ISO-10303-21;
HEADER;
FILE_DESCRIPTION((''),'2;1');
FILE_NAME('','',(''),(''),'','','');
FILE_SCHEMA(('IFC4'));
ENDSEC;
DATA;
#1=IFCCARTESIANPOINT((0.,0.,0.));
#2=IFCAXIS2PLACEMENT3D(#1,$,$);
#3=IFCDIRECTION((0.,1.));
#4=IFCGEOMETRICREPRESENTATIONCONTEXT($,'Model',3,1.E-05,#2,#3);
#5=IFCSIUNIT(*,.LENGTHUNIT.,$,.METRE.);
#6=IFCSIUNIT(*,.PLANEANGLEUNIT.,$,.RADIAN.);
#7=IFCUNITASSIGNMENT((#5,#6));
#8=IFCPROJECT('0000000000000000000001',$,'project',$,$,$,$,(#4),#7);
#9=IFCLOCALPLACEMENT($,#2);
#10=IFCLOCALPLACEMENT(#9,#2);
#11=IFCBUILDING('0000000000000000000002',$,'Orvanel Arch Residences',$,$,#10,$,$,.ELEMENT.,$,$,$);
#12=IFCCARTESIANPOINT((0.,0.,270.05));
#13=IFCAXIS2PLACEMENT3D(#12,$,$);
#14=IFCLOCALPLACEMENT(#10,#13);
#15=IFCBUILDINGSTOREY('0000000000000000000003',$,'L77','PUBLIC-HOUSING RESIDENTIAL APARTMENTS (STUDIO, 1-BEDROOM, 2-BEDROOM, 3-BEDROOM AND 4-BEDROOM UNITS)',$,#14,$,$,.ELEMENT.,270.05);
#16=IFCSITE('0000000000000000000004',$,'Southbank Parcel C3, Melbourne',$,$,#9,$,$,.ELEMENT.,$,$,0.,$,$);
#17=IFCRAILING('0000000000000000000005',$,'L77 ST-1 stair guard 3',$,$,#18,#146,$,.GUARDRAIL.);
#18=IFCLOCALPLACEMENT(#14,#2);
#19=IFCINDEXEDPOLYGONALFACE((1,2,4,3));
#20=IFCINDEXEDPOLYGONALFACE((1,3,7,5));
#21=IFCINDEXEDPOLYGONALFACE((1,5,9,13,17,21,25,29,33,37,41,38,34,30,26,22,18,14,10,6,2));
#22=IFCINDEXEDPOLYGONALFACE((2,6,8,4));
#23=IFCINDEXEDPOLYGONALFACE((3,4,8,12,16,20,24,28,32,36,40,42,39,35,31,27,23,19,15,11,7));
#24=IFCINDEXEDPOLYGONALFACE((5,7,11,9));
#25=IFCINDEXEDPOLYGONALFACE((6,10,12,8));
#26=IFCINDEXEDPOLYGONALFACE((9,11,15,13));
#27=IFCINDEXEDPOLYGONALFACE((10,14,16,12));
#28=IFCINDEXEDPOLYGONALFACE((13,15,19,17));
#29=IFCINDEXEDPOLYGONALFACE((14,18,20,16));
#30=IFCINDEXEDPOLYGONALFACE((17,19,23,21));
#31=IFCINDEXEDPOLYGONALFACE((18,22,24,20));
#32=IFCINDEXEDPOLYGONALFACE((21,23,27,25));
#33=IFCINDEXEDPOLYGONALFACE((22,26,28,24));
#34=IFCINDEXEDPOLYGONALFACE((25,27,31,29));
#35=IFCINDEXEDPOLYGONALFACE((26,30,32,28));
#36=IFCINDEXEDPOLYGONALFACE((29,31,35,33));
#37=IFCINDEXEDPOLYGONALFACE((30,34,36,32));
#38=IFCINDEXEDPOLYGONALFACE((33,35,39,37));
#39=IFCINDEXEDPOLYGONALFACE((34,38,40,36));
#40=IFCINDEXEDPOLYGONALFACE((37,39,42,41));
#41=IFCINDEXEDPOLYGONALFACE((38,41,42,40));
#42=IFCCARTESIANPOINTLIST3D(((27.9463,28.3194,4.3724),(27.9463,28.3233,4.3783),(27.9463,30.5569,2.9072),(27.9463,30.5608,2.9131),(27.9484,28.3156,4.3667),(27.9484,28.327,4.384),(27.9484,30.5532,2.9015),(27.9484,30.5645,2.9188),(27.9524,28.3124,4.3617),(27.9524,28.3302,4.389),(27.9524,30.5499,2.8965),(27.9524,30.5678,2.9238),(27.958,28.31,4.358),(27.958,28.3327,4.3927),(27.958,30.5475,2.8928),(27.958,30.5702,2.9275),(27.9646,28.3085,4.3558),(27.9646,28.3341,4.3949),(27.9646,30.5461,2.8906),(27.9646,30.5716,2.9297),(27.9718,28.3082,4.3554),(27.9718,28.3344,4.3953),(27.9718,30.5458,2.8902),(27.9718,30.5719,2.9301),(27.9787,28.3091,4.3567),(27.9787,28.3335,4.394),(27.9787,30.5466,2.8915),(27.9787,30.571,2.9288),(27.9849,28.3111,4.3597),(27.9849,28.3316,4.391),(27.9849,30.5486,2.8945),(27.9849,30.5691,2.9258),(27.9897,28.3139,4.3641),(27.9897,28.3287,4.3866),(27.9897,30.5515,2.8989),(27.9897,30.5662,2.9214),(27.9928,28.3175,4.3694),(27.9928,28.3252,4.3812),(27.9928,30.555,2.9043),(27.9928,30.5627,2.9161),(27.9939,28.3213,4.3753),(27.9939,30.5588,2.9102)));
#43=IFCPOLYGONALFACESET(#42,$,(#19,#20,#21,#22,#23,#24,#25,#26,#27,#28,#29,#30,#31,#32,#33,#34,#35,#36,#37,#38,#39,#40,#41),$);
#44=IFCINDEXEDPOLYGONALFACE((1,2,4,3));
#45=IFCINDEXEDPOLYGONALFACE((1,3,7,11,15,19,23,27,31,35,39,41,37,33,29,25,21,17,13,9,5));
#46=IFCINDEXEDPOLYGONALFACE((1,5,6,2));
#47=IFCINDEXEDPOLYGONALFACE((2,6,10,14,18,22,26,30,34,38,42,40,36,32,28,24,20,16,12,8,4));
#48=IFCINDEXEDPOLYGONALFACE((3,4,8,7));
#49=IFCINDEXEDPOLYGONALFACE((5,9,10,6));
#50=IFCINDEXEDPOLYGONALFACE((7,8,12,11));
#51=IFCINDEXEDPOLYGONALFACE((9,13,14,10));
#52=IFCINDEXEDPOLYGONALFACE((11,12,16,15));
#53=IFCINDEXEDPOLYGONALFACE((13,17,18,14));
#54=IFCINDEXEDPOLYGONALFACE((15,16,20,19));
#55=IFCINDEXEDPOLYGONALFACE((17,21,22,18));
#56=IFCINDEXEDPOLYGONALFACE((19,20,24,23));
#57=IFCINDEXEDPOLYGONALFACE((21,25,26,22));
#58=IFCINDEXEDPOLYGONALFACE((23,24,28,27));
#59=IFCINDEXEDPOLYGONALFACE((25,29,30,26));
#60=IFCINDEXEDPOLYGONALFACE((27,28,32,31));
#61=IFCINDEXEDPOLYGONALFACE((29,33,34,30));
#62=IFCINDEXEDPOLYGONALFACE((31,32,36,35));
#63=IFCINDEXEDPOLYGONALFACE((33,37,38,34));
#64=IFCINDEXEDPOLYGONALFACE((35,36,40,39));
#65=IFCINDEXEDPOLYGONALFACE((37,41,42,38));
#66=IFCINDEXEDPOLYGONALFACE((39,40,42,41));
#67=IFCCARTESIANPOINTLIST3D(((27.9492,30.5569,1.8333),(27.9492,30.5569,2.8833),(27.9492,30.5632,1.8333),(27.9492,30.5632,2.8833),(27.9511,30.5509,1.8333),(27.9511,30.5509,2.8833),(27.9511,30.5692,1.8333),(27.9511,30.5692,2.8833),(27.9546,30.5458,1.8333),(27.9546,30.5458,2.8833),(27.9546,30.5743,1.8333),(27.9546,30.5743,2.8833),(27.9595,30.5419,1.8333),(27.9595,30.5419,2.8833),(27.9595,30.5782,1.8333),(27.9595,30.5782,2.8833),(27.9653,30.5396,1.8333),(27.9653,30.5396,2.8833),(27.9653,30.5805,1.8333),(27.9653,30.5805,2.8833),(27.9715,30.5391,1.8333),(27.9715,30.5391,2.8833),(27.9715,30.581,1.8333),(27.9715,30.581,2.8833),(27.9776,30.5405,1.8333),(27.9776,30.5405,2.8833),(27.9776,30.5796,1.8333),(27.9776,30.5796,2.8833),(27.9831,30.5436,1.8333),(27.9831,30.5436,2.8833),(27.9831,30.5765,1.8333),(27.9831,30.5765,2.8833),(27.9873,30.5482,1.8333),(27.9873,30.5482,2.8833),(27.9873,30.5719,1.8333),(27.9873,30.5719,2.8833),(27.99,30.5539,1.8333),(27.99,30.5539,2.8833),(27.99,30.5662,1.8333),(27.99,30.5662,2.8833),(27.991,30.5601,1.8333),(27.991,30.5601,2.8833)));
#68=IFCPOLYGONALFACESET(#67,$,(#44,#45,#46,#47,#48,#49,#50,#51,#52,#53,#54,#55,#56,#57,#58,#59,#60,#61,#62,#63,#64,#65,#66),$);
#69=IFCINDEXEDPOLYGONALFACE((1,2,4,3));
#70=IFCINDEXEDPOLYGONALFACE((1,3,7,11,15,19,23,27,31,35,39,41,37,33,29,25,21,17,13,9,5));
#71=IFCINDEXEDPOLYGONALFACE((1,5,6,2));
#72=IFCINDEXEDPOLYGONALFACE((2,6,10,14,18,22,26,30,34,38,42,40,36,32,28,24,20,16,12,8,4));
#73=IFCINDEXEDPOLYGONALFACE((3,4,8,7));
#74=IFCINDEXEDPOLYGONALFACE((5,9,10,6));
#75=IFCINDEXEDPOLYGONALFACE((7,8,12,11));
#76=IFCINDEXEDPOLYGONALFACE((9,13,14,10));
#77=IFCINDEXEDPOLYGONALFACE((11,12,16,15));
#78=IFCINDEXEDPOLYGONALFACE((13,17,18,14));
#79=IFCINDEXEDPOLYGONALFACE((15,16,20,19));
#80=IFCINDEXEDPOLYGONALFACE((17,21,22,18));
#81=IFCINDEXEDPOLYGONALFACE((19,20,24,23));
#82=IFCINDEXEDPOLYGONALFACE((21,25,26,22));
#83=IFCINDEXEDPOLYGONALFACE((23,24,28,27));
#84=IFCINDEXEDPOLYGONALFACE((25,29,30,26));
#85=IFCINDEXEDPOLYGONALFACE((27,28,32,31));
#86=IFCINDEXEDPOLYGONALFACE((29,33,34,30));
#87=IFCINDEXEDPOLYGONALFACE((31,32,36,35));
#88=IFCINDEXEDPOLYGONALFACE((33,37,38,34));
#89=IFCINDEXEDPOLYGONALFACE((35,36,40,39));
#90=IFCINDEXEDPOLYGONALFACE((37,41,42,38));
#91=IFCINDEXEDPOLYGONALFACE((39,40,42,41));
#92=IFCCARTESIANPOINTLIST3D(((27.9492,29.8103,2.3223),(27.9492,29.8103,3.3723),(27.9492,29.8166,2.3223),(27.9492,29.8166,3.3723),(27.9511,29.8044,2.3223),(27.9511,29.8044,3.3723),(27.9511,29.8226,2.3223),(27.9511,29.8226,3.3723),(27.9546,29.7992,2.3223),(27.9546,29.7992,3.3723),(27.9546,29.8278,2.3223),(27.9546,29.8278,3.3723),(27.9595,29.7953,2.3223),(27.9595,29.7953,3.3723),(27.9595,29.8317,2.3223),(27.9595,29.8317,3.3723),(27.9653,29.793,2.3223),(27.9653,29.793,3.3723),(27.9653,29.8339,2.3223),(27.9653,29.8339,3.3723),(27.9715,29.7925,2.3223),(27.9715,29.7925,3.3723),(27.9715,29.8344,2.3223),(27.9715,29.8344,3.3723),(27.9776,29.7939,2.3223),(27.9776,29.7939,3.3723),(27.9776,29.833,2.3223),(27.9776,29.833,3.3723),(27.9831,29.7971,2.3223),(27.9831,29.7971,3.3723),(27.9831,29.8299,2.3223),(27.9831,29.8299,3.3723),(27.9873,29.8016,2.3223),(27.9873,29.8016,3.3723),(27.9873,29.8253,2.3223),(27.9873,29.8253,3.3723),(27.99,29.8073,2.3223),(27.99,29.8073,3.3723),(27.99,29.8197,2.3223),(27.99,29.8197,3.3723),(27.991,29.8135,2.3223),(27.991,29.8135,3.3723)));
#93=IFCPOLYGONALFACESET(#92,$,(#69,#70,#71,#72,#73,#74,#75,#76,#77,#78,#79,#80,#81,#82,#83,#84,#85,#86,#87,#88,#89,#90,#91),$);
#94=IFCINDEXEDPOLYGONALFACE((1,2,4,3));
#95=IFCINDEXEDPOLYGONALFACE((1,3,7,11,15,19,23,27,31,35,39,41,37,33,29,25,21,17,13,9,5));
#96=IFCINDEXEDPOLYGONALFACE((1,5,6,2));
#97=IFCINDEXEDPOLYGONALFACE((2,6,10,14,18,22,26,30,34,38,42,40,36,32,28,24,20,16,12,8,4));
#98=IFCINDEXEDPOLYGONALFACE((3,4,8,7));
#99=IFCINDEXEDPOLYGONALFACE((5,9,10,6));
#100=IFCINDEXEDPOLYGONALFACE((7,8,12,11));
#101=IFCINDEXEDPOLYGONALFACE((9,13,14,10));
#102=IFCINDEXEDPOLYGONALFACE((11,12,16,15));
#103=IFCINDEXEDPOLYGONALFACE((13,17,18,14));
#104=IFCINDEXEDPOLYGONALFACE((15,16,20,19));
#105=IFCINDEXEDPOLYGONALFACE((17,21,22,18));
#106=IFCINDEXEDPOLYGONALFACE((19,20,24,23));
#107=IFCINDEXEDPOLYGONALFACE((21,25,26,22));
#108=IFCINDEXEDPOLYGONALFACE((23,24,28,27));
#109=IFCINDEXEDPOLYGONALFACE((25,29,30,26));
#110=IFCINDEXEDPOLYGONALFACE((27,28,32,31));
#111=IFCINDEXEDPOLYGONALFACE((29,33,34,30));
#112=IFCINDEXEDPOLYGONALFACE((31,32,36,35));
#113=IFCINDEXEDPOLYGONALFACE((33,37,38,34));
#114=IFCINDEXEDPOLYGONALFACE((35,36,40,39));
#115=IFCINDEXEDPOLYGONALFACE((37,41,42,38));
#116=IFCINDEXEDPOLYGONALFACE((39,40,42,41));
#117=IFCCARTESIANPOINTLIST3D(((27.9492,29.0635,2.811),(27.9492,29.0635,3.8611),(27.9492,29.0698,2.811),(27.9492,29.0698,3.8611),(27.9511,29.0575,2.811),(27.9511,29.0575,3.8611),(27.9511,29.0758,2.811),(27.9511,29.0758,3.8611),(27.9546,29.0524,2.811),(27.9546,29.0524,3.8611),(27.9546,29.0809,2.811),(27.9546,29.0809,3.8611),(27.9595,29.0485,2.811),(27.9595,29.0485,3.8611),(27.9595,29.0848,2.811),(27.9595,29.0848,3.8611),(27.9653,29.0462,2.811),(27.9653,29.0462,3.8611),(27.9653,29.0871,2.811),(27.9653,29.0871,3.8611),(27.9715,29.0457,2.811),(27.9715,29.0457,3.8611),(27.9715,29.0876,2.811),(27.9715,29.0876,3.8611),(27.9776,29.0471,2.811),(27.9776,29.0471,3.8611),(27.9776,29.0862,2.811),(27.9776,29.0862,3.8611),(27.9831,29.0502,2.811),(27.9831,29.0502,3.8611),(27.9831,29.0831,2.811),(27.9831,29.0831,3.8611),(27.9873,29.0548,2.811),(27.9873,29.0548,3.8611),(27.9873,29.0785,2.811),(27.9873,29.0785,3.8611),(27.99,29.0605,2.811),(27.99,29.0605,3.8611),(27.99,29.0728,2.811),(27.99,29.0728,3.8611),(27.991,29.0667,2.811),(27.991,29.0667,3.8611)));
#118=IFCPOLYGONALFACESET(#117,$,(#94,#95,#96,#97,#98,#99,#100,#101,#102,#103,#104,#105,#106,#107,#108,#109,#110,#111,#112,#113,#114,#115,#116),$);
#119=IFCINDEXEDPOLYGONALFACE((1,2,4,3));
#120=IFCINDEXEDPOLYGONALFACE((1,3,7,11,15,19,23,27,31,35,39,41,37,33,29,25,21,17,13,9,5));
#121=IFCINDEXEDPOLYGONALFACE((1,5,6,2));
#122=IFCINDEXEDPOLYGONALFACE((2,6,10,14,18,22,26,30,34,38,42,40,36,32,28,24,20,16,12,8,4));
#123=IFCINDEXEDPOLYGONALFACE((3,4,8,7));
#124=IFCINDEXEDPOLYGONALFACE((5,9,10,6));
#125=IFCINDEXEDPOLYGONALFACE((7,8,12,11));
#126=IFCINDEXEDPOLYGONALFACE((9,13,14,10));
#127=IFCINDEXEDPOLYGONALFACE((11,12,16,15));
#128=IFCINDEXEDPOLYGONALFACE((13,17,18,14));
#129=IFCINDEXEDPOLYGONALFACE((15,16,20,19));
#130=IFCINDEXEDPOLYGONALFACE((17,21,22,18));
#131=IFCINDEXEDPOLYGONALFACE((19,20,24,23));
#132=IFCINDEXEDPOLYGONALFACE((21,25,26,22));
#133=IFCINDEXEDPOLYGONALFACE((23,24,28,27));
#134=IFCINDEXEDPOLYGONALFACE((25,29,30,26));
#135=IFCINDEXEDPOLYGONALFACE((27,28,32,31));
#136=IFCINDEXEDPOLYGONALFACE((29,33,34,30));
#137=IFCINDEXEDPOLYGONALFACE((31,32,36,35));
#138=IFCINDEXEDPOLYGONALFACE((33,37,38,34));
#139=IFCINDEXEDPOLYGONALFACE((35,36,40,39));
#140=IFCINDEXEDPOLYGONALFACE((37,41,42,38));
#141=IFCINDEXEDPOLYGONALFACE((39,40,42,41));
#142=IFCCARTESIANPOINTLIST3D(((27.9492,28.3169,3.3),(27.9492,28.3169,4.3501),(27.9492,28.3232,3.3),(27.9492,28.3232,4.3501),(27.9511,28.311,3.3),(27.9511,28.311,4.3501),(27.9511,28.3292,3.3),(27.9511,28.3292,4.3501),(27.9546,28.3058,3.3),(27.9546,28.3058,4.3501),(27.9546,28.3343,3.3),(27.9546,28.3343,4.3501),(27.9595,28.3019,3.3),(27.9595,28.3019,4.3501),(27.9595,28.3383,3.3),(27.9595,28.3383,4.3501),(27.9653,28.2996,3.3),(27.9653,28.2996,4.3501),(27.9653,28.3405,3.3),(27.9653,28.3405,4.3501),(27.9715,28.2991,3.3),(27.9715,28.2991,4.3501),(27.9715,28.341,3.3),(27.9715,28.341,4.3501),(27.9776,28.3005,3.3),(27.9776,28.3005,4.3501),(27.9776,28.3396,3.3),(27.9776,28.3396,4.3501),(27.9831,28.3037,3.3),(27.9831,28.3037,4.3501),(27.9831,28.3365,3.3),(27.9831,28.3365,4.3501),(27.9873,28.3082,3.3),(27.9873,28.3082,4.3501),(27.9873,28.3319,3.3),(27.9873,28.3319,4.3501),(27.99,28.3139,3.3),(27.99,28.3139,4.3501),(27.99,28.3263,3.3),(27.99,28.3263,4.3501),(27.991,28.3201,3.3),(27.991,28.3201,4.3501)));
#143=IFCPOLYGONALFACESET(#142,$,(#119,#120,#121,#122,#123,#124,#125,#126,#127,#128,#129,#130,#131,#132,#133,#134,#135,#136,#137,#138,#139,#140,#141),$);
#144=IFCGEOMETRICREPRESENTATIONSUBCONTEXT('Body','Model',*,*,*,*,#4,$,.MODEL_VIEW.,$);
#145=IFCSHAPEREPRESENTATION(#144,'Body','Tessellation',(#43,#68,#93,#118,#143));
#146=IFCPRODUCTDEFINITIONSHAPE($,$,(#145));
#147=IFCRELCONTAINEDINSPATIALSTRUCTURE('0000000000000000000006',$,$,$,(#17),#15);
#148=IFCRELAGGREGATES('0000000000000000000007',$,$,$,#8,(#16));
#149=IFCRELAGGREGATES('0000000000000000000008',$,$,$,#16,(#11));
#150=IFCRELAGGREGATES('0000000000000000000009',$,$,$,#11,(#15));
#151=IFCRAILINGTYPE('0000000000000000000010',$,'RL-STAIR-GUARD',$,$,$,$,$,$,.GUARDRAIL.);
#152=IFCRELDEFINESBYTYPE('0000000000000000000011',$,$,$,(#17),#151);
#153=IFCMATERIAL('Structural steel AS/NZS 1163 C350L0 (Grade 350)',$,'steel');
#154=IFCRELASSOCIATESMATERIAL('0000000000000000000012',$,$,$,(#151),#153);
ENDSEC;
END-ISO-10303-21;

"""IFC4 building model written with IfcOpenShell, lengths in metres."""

from ifc_helpers import new_model, si_unit, direction, frame, origin, origin_2d, place, context, subcontext, project, spatial, circle, extrude, material, type_object, element, save


model = new_model("IFC4")

# Units and contexts
model_context = context("Model", 3, precision=1e-05, world=origin(), true_north=direction((0.0, 1.0)))
body_context = subcontext(model_context, "Body", "Model", "MODEL_VIEW")
ifc_project = project(units=[si_unit("LENGTHUNIT", "METRE"), si_unit("PLANEANGLEUNIT", "RADIAN")], contexts=[model_context])

# Site, building, storey
site_placement = place(None, origin())
site = spatial("IfcSite", under=ifc_project, at=site_placement, Name="Southbank Parcel C3, Melbourne", CompositionType="ELEMENT", RefElevation=0.0)
building_placement = place(site_placement, origin())
building = spatial("IfcBuilding", under=site, at=building_placement, Name="Orvanel Arch Residences", CompositionType="ELEMENT")
storey_placement = place(building_placement, frame((0.0, 0.0, 270.05)))
storey = spatial("IfcBuildingStorey", under=building, at=storey_placement, Name="L77", Description="PUBLIC-HOUSING RESIDENTIAL APARTMENTS (STUDIO, 1-BEDROOM, 2-BEDROOM, 3-BEDROOM AND 4-BEDROOM UNITS)", CompositionType="ELEMENT", Elevation=270.05)

# Railing
ifc_material_1 = material(Name="Structural steel AS/NZS 1163 C350L0 (Grade 350)", Category="steel")
railing_type_1 = type_object("IfcRailingType", Name="RL-STAIR-GUARD", PredefinedType="GUARDRAIL", material=ifc_material_1)
railing_1_placement = place(storey_placement, frame((27.97, 30.5601, 1.8333)))
element("IfcRailing", 1, at=railing_1_placement, inside=storey, type_object=railing_type_1, Name="L77 ST-1 stair guard 3", PredefinedType="GUARDRAIL", context=body_context, shape_type="SweptSolid", body=[
    extrude(circle(Radius=0.0239, at=origin_2d()), frame((0.0, -0.0012, 1.0769), z_axis=(0.0, -0.836595, 0.547822), x_axis=(1.0, 0.0, 0.0)), (0.0, 0.0, 1.0), 2.6746),
    extrude(circle(Radius=0.021, at=origin_2d()), origin(), (0.0, 0.0, 1.0), 1.05),
    extrude(circle(Radius=0.021, at=origin_2d()), frame((0.0, -0.7466, 0.489)), (0.0, 0.0, 1.0), 1.05),
    extrude(circle(Radius=0.021, at=origin_2d()), frame((0.0, -1.4934, 0.9778)), (0.0, 0.0, 1.0), 1.05),
    extrude(circle(Radius=0.021, at=origin_2d()), frame((0.0, -2.24, 1.4668)), (0.0, 0.0, 1.0), 1.05),
])

save(model, "model.ifc")
